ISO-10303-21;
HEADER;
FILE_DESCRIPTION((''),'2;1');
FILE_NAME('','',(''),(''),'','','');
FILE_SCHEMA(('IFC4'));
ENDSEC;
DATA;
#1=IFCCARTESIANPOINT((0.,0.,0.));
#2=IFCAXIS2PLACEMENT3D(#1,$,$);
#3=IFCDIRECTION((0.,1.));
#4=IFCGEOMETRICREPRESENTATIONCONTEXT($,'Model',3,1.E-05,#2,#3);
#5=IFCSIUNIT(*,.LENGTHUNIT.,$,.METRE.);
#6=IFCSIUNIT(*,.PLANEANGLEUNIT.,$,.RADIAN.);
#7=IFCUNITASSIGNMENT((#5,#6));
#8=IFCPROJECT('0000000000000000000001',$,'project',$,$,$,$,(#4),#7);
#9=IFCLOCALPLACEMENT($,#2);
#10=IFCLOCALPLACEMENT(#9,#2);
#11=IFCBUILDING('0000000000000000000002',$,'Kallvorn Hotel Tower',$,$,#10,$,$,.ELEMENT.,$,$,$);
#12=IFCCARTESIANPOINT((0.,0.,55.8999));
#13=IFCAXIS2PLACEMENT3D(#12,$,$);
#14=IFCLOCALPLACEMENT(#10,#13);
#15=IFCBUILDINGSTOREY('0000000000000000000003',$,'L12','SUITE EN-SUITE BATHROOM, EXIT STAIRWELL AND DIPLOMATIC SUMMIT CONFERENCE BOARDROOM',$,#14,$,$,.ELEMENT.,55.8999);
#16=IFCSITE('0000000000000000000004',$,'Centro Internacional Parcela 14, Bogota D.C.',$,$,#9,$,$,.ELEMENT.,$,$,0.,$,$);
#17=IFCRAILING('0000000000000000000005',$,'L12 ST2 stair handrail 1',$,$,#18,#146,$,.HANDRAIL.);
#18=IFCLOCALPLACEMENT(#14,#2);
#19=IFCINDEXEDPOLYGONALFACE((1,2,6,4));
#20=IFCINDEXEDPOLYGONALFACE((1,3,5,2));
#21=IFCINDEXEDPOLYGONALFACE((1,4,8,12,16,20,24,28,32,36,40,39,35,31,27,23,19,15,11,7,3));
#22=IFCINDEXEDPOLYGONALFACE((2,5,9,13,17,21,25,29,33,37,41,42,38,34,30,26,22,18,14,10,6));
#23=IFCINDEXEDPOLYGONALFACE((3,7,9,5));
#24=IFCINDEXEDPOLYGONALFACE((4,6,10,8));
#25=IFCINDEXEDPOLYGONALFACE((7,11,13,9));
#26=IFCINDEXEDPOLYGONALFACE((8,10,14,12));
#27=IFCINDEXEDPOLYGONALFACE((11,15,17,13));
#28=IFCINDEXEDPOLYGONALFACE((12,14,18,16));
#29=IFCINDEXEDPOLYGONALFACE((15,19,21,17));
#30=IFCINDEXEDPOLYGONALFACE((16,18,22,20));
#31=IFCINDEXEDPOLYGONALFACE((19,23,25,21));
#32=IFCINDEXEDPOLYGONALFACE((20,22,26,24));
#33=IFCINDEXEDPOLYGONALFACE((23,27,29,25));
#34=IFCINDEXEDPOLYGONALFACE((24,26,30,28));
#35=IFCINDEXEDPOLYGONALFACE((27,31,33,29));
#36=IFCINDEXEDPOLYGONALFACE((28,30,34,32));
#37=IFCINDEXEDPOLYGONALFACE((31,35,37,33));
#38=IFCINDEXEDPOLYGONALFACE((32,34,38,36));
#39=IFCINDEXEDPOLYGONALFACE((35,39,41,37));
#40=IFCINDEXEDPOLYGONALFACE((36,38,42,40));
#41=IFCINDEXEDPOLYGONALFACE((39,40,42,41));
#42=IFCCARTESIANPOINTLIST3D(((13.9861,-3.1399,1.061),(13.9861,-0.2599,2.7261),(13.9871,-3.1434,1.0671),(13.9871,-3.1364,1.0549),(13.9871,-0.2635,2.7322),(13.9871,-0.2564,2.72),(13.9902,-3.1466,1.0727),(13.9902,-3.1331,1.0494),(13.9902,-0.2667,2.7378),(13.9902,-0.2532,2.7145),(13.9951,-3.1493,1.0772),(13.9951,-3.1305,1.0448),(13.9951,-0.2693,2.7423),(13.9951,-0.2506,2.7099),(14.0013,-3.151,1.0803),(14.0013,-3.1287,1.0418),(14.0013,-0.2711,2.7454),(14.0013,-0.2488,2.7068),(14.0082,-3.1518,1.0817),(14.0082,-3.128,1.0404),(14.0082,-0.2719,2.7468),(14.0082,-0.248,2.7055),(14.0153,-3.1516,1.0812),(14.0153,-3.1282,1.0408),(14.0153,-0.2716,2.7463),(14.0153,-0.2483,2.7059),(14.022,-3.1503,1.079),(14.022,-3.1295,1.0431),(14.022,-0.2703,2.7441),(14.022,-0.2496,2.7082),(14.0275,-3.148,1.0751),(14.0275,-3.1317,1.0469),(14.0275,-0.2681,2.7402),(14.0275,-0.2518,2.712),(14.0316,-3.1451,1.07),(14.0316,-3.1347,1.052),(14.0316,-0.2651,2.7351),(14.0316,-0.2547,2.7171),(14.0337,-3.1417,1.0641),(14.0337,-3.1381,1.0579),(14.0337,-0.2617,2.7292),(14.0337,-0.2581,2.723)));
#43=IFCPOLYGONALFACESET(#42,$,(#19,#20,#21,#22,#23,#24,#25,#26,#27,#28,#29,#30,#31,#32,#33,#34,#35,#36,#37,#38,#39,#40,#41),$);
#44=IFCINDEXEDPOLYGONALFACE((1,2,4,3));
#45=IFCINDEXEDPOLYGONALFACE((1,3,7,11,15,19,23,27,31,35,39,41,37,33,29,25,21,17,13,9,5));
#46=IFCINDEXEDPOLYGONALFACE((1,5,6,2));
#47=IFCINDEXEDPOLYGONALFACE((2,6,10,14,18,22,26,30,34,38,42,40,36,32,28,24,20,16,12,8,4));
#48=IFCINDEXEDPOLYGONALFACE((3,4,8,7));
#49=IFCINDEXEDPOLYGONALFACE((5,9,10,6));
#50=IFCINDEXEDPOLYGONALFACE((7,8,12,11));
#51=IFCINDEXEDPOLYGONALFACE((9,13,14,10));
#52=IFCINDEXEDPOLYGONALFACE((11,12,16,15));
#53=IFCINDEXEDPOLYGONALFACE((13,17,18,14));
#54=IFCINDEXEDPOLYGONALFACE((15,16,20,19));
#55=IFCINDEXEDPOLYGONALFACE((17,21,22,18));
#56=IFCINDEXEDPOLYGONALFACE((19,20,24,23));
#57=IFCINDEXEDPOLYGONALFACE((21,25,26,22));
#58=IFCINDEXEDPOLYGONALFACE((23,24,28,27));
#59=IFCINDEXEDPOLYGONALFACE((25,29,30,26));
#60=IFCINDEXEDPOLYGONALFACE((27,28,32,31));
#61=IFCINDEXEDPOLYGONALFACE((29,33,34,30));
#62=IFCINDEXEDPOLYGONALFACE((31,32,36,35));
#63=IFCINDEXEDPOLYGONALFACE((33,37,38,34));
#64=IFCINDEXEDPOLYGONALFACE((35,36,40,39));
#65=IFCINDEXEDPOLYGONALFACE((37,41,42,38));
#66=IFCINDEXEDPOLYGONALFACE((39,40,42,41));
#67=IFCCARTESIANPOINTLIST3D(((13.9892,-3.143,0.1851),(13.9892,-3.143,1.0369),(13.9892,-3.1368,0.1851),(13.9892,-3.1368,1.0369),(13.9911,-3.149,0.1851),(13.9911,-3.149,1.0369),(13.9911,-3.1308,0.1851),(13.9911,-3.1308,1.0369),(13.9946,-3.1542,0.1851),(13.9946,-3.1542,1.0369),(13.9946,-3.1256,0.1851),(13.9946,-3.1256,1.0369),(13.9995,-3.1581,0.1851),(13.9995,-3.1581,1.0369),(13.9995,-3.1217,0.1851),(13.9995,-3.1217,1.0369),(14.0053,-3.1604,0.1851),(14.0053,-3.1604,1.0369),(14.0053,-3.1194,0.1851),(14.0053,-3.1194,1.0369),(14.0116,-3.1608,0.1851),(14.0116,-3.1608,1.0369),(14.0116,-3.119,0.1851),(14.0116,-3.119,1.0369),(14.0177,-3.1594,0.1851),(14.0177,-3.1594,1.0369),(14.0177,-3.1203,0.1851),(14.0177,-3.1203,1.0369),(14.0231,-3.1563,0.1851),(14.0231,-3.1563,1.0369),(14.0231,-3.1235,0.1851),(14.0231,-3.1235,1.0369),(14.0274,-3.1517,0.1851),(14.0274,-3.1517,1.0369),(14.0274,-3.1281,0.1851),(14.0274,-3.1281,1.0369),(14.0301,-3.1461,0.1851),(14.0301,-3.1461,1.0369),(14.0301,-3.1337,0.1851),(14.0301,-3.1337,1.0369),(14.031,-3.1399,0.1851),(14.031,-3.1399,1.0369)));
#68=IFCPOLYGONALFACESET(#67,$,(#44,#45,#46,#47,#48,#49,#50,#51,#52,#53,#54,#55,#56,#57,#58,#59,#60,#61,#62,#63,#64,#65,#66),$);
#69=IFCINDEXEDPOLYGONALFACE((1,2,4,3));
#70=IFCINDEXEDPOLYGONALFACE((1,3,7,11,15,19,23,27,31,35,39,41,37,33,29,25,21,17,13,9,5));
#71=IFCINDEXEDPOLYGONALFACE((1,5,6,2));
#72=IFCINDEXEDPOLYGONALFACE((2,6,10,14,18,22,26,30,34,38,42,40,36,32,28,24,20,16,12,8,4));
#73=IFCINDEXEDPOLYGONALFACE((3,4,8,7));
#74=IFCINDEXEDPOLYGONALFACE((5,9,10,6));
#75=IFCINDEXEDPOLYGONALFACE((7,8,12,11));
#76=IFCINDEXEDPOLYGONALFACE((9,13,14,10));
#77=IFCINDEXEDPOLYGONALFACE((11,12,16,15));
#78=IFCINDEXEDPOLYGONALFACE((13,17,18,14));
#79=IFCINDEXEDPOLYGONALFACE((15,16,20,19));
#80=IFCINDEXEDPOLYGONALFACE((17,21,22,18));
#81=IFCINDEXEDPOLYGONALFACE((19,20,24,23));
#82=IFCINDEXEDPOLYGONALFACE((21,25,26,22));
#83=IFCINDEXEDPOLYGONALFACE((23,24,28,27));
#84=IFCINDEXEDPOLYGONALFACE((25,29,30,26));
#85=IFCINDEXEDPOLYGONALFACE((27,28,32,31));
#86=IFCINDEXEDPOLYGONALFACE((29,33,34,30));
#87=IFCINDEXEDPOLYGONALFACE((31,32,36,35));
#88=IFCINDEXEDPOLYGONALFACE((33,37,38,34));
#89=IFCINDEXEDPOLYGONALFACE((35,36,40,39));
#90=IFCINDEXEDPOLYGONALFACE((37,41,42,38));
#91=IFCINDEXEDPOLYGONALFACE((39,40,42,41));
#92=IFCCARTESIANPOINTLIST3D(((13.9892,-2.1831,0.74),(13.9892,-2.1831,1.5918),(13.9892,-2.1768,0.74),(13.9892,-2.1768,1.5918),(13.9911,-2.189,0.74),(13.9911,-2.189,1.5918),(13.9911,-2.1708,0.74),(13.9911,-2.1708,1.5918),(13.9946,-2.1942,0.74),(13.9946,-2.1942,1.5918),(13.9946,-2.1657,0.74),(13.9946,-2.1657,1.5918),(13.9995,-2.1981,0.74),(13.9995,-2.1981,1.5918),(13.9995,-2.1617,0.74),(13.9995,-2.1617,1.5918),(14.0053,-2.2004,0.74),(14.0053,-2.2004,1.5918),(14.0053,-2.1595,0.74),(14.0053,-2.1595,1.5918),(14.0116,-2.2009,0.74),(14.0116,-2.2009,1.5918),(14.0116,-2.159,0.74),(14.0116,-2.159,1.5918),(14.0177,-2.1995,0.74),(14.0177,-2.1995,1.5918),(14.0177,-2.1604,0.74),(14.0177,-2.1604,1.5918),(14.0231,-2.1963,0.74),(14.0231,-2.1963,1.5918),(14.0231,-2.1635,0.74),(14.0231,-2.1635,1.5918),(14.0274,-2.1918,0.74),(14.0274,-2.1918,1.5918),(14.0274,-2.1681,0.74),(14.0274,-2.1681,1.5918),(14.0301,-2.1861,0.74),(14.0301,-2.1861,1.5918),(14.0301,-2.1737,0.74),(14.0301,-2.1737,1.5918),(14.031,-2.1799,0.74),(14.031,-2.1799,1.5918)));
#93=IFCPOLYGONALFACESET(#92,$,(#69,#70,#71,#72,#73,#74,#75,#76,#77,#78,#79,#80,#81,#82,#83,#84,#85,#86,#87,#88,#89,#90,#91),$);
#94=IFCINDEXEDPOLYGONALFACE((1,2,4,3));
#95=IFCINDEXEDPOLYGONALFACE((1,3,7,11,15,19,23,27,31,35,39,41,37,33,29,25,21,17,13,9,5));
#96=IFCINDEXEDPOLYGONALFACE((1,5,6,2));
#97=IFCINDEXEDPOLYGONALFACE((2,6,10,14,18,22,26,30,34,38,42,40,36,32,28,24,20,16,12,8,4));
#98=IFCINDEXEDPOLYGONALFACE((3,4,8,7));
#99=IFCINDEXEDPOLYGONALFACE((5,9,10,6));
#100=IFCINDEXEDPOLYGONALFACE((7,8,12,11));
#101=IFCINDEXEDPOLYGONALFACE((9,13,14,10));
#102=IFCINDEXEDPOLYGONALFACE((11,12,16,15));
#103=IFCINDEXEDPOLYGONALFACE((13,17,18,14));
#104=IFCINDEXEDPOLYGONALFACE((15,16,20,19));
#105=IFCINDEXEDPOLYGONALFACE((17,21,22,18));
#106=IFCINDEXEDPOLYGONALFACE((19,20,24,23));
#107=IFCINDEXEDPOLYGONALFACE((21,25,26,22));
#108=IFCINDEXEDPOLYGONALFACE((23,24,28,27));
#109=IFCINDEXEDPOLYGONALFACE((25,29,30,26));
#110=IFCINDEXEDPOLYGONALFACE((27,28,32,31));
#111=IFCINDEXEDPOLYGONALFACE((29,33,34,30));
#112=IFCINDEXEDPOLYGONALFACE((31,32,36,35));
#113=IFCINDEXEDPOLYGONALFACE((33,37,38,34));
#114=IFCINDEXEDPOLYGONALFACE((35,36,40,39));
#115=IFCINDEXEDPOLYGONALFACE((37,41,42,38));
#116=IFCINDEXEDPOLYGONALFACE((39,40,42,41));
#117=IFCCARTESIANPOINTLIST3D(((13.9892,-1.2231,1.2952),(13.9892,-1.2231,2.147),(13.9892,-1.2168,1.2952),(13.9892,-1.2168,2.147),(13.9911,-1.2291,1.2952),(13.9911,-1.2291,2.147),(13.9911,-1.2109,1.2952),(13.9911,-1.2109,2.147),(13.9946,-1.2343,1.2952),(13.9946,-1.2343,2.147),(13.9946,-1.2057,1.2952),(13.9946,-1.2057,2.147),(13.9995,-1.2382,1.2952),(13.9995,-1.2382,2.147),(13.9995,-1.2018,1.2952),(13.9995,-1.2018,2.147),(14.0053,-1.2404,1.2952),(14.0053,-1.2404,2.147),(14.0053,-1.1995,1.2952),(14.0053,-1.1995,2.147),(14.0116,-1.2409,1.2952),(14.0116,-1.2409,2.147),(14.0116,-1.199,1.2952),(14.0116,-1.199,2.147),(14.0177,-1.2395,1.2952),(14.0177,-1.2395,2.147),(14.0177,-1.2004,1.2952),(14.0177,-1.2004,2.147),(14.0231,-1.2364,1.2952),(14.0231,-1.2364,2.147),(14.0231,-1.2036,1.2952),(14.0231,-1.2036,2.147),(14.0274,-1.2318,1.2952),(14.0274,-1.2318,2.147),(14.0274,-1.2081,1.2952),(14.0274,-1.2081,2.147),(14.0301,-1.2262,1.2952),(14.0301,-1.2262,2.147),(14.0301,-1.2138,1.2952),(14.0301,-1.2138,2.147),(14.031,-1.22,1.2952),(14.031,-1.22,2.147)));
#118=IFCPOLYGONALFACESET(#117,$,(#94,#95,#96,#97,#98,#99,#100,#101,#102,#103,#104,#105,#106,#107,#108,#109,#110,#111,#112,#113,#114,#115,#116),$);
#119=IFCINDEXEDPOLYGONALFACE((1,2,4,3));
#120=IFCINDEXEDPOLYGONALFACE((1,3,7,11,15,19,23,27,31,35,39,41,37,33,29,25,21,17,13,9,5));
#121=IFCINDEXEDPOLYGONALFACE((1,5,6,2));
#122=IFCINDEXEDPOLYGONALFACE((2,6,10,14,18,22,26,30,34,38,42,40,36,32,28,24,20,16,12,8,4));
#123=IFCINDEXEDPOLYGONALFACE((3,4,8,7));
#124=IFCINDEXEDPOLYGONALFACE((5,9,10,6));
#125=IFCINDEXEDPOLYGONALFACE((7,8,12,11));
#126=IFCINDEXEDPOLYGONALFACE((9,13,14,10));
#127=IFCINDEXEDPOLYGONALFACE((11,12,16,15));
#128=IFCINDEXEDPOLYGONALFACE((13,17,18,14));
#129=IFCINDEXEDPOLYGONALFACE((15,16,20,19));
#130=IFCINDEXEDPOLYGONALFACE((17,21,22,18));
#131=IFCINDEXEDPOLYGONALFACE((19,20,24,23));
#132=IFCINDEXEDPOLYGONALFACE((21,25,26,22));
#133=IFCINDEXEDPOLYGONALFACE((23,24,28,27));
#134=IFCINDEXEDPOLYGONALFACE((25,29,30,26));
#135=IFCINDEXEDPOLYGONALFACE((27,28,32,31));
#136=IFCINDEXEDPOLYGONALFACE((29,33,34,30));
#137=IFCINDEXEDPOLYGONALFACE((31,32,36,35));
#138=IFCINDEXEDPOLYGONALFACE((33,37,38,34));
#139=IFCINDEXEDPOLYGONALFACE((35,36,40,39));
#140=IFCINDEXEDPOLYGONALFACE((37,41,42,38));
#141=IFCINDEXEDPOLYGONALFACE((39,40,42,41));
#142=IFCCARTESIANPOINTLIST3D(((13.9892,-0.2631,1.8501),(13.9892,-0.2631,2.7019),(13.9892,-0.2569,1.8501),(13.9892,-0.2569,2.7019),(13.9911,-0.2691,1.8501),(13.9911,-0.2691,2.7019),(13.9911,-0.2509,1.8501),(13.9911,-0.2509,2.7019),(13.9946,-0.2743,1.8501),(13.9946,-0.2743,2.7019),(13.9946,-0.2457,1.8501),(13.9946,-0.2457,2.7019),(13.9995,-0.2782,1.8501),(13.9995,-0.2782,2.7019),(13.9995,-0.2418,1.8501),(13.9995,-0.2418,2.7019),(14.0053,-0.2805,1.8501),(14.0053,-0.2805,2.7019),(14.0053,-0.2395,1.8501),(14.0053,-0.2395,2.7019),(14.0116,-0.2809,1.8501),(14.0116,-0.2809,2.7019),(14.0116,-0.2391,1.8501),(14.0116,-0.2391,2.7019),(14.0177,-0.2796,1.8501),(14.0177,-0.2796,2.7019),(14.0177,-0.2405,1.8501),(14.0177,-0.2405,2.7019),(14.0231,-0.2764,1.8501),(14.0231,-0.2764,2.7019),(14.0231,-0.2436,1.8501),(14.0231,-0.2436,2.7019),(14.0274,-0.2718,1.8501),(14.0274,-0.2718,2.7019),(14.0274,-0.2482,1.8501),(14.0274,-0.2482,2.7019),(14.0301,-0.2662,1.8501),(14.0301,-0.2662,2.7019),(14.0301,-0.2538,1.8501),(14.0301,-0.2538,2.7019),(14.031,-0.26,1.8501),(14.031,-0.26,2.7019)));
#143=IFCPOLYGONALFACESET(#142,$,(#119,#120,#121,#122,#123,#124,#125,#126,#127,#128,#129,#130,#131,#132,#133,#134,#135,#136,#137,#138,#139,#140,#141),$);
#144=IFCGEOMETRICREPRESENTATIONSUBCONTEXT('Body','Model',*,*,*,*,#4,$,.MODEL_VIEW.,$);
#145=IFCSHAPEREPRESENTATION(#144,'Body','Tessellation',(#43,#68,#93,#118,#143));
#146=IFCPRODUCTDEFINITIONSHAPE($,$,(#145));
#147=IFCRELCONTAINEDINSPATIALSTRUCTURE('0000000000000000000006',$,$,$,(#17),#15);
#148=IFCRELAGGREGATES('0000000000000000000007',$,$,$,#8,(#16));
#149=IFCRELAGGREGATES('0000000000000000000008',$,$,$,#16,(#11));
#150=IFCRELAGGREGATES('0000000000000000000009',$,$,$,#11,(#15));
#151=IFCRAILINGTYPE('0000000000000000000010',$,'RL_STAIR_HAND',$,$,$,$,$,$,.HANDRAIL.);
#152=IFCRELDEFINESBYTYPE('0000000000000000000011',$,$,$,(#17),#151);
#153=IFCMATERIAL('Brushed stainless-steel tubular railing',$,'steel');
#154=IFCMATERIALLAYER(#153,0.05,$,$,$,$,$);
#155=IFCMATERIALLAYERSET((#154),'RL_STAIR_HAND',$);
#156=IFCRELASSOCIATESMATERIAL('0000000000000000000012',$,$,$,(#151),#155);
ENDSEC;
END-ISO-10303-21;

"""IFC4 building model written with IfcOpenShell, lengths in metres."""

from ifc_helpers import new_model, si_unit, direction, frame, origin, origin_2d, place, context, subcontext, project, spatial, circle, extrude, material, layer, layer_set, type_object, element, save


model = new_model("IFC4")

# Units and contexts
model_context = context("Model", 3, precision=1e-05, world=origin(), true_north=direction((0.0, 1.0)))
body_context = subcontext(model_context, "Body", "Model", "MODEL_VIEW")
ifc_project = project(units=[si_unit("LENGTHUNIT", "METRE"), si_unit("PLANEANGLEUNIT", "RADIAN")], contexts=[model_context])

# Site, building, storey
site_placement = place(None, origin())
site = spatial("IfcSite", under=ifc_project, at=site_placement, Name="Centro Internacional Parcela 14, Bogota D.C.", CompositionType="ELEMENT", RefElevation=0.0)
building_placement = place(site_placement, origin())
building = spatial("IfcBuilding", under=site, at=building_placement, Name="Kallvorn Hotel Tower", CompositionType="ELEMENT")
storey_placement = place(building_placement, frame((0.0, 0.0, 55.8999)))
storey = spatial("IfcBuildingStorey", under=building, at=storey_placement, Name="L12", Description="SUITE EN-SUITE BATHROOM, EXIT STAIRWELL AND DIPLOMATIC SUMMIT CONFERENCE BOARDROOM", CompositionType="ELEMENT", Elevation=55.8999)

# Railing
ifc_material_1 = material(Name="Brushed stainless-steel tubular railing", Category="steel")
ifc_layer_1 = layer(ifc_material_1, 0.05)
ifc_layer_set_1 = layer_set([ifc_layer_1], Name="RL_STAIR_HAND")
railing_type_1 = type_object("IfcRailingType", Name="RL_STAIR_HAND", PredefinedType="HANDRAIL", material=ifc_layer_set_1)
railing_1_placement = place(storey_placement, frame((14.01, -3.1399, 0.1851)))
element("IfcRailing", 1, at=railing_1_placement, inside=storey, type_object=railing_type_1, Name="L12 ST2 stair handrail 1", PredefinedType="HANDRAIL", context=body_context, shape_type="SweptSolid", body=[
    extrude(circle(Radius=0.0239, at=origin_2d()), frame((0.0, 0.0, 0.876), z_axis=(0.0, 0.865721, 0.500527), x_axis=(-1.0, 0.0, 0.0)), (0.0, 0.0, 1.0), 3.3267),
    extrude(circle(Radius=0.021, at=origin_2d()), origin(), (0.0, 0.0, 1.0), 0.8518),
    extrude(circle(Radius=0.021, at=origin_2d()), frame((0.0, 0.96, 0.5549)), (0.0, 0.0, 1.0), 0.8518),
    extrude(circle(Radius=0.021, at=origin_2d()), frame((0.0, 1.9199, 1.1101)), (0.0, 0.0, 1.0), 0.8518),
    extrude(circle(Radius=0.021, at=origin_2d()), frame((0.0, 2.8799, 1.665)), (0.0, 0.0, 1.0), 0.8518),
])

save(model, "model.ifc")
